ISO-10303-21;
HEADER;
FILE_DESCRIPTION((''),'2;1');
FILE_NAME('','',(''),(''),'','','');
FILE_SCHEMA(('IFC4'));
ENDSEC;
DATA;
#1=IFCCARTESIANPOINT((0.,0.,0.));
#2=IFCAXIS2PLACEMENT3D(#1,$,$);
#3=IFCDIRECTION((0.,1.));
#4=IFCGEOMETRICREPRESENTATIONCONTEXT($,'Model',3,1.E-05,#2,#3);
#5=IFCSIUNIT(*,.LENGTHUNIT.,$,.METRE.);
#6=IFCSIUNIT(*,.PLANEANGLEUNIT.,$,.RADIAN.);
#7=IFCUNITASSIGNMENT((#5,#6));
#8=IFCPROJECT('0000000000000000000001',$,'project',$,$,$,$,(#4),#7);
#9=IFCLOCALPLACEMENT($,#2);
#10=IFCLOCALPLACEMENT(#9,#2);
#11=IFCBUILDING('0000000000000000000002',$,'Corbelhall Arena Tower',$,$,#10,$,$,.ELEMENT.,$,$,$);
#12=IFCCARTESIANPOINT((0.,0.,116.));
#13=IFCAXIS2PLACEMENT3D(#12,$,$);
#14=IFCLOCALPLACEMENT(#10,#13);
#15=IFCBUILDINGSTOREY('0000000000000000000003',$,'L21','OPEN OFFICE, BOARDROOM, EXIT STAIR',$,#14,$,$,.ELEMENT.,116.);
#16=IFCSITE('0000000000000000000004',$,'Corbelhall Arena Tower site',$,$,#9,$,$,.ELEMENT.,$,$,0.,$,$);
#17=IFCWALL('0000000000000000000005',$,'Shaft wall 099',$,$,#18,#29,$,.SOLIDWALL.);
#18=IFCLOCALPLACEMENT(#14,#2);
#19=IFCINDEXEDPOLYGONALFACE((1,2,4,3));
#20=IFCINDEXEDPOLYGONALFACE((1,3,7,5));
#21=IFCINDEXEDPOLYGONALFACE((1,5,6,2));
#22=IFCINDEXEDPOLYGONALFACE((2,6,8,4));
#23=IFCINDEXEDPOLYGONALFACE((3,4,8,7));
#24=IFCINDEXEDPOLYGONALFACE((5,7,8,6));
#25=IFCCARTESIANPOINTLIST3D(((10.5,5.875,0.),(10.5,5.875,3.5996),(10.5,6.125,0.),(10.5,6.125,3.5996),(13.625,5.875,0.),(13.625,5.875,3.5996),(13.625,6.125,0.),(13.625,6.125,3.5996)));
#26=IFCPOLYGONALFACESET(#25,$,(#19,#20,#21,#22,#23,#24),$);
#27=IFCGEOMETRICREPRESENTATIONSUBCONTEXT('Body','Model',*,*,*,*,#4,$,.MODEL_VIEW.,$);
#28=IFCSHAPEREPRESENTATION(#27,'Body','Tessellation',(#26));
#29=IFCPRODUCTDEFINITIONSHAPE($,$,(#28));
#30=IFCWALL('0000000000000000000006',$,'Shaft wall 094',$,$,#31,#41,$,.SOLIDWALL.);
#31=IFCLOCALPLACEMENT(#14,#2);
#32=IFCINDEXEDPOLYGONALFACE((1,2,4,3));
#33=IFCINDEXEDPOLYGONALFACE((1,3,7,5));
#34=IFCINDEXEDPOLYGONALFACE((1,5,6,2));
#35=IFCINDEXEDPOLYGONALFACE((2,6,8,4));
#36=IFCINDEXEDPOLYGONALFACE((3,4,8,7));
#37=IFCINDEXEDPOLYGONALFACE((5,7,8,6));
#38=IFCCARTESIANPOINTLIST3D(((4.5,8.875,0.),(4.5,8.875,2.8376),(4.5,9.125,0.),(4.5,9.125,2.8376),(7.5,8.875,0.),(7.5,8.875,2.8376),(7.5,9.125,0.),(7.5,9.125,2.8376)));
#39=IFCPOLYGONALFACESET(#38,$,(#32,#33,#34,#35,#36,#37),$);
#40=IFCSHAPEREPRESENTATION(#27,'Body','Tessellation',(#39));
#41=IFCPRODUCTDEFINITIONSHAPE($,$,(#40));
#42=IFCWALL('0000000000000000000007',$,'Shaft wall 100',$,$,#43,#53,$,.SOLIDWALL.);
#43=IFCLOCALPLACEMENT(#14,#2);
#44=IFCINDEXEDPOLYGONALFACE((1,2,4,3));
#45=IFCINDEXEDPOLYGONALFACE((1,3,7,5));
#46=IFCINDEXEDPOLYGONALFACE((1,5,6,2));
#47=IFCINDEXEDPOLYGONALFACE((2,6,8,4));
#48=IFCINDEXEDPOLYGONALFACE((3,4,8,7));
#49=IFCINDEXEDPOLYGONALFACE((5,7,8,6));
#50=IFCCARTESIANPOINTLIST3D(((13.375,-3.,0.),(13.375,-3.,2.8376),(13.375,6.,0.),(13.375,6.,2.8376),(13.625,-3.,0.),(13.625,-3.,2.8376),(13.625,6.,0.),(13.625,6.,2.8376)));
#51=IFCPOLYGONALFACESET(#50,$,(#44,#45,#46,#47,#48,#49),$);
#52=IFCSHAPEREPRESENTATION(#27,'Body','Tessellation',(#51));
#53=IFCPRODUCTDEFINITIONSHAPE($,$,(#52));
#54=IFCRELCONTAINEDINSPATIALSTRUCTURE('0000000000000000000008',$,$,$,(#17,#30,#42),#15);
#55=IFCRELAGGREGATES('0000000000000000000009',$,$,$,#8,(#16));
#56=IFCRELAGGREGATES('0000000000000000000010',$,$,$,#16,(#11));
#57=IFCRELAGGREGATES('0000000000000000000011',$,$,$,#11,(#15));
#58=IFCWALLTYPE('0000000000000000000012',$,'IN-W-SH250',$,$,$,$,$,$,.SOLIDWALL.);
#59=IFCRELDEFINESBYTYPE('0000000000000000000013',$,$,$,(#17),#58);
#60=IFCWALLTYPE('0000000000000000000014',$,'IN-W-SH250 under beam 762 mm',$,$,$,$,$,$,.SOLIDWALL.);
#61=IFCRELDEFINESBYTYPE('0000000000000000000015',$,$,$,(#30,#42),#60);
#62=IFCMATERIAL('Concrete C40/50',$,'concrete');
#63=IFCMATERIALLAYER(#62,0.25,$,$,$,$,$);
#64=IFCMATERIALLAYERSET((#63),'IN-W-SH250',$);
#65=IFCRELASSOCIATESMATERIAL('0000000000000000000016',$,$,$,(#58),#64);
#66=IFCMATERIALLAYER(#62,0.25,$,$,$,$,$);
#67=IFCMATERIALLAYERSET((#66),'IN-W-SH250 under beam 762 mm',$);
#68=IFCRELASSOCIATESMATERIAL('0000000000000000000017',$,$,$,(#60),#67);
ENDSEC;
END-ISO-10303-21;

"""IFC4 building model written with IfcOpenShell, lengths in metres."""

from ifc_helpers import new_model, si_unit, direction, frame, frame_2d, origin, place, context, subcontext, project, spatial, rectangle, extrude, material, layer, layer_set, type_object, element, save


model = new_model("IFC4")

# Units and contexts
model_context = context("Model", 3, precision=1e-05, world=origin(), true_north=direction((0.0, 1.0)))
body_context = subcontext(model_context, "Body", "Model", "MODEL_VIEW")
ifc_project = project(units=[si_unit("LENGTHUNIT", "METRE"), si_unit("PLANEANGLEUNIT", "RADIAN")], contexts=[model_context])

# Site, building, storey
site_placement = place(None, origin())
site = spatial("IfcSite", under=ifc_project, at=site_placement, Name="Corbelhall Arena Tower site", CompositionType="ELEMENT", RefElevation=0.0)
building_placement = place(site_placement, origin())
building = spatial("IfcBuilding", under=site, at=building_placement, Name="Corbelhall Arena Tower", CompositionType="ELEMENT")
storey_placement = place(building_placement, frame((0.0, 0.0, 116.0)))
storey = spatial("IfcBuildingStorey", under=building, at=storey_placement, Name="L21", Description="OPEN OFFICE, BOARDROOM, EXIT STAIR", CompositionType="ELEMENT", Elevation=116.0)

# Shared definitions
ifc_material_1 = material(Name="Concrete C40/50", Category="concrete")
ifc_layer_1 = layer(ifc_material_1, 0.25)
ifc_layer_set_1 = layer_set([ifc_layer_1], Name="IN-W-SH250")
wall_type_1 = type_object("IfcWallType", Name="IN-W-SH250", PredefinedType="SOLIDWALL", material=ifc_layer_set_1)

# Walls
wall_1_placement = place(storey_placement, frame((10.5, 6.0, 0.0), z_axis=(0.0, 0.0, 1.0), x_axis=(1.0, 0.0, 0.0)))
element("IfcWall", 1, at=wall_1_placement, inside=storey, type_object=wall_type_1, Name="Shaft wall 099", PredefinedType="SOLIDWALL", context=body_context, shape_type="SweptSolid", body=[
    extrude(rectangle(XDim=3.125, YDim=0.25, at=frame_2d((1.5625, 0.0))), origin(), (0.0, 0.0, 1.0), 3.5996),
])
ifc_layer_2 = layer(ifc_material_1, 0.25)
ifc_layer_set_2 = layer_set([ifc_layer_2], Name="IN-W-SH250 under beam 762 mm")
wall_type_2 = type_object("IfcWallType", Name="IN-W-SH250 under beam 762 mm", PredefinedType="SOLIDWALL", material=ifc_layer_set_2)
wall_2_placement = place(storey_placement, frame((4.5, 9.0, 0.0), z_axis=(0.0, 0.0, 1.0), x_axis=(1.0, 0.0, 0.0)))
element("IfcWall", 2, at=wall_2_placement, inside=storey, type_object=wall_type_2, Name="Shaft wall 094", PredefinedType="SOLIDWALL", context=body_context, shape_type="SweptSolid", body=[
    extrude(rectangle(XDim=3.0, YDim=0.25, at=frame_2d((1.5, 0.0))), origin(), (0.0, 0.0, 1.0), 2.8376),
])
wall_3_placement = place(storey_placement, frame((13.5, 6.0, 0.0), z_axis=(0.0, 0.0, 1.0), x_axis=(0.0, -1.0, 0.0)))
element("IfcWall", 3, at=wall_3_placement, inside=storey, type_object=wall_type_2, Name="Shaft wall 100", PredefinedType="SOLIDWALL", context=body_context, shape_type="SweptSolid", body=[
    extrude(rectangle(XDim=9.0, YDim=0.25, at=frame_2d((4.5, 0.0))), origin(), (0.0, 0.0, 1.0), 2.8376),
])

save(model, "model.ifc")
